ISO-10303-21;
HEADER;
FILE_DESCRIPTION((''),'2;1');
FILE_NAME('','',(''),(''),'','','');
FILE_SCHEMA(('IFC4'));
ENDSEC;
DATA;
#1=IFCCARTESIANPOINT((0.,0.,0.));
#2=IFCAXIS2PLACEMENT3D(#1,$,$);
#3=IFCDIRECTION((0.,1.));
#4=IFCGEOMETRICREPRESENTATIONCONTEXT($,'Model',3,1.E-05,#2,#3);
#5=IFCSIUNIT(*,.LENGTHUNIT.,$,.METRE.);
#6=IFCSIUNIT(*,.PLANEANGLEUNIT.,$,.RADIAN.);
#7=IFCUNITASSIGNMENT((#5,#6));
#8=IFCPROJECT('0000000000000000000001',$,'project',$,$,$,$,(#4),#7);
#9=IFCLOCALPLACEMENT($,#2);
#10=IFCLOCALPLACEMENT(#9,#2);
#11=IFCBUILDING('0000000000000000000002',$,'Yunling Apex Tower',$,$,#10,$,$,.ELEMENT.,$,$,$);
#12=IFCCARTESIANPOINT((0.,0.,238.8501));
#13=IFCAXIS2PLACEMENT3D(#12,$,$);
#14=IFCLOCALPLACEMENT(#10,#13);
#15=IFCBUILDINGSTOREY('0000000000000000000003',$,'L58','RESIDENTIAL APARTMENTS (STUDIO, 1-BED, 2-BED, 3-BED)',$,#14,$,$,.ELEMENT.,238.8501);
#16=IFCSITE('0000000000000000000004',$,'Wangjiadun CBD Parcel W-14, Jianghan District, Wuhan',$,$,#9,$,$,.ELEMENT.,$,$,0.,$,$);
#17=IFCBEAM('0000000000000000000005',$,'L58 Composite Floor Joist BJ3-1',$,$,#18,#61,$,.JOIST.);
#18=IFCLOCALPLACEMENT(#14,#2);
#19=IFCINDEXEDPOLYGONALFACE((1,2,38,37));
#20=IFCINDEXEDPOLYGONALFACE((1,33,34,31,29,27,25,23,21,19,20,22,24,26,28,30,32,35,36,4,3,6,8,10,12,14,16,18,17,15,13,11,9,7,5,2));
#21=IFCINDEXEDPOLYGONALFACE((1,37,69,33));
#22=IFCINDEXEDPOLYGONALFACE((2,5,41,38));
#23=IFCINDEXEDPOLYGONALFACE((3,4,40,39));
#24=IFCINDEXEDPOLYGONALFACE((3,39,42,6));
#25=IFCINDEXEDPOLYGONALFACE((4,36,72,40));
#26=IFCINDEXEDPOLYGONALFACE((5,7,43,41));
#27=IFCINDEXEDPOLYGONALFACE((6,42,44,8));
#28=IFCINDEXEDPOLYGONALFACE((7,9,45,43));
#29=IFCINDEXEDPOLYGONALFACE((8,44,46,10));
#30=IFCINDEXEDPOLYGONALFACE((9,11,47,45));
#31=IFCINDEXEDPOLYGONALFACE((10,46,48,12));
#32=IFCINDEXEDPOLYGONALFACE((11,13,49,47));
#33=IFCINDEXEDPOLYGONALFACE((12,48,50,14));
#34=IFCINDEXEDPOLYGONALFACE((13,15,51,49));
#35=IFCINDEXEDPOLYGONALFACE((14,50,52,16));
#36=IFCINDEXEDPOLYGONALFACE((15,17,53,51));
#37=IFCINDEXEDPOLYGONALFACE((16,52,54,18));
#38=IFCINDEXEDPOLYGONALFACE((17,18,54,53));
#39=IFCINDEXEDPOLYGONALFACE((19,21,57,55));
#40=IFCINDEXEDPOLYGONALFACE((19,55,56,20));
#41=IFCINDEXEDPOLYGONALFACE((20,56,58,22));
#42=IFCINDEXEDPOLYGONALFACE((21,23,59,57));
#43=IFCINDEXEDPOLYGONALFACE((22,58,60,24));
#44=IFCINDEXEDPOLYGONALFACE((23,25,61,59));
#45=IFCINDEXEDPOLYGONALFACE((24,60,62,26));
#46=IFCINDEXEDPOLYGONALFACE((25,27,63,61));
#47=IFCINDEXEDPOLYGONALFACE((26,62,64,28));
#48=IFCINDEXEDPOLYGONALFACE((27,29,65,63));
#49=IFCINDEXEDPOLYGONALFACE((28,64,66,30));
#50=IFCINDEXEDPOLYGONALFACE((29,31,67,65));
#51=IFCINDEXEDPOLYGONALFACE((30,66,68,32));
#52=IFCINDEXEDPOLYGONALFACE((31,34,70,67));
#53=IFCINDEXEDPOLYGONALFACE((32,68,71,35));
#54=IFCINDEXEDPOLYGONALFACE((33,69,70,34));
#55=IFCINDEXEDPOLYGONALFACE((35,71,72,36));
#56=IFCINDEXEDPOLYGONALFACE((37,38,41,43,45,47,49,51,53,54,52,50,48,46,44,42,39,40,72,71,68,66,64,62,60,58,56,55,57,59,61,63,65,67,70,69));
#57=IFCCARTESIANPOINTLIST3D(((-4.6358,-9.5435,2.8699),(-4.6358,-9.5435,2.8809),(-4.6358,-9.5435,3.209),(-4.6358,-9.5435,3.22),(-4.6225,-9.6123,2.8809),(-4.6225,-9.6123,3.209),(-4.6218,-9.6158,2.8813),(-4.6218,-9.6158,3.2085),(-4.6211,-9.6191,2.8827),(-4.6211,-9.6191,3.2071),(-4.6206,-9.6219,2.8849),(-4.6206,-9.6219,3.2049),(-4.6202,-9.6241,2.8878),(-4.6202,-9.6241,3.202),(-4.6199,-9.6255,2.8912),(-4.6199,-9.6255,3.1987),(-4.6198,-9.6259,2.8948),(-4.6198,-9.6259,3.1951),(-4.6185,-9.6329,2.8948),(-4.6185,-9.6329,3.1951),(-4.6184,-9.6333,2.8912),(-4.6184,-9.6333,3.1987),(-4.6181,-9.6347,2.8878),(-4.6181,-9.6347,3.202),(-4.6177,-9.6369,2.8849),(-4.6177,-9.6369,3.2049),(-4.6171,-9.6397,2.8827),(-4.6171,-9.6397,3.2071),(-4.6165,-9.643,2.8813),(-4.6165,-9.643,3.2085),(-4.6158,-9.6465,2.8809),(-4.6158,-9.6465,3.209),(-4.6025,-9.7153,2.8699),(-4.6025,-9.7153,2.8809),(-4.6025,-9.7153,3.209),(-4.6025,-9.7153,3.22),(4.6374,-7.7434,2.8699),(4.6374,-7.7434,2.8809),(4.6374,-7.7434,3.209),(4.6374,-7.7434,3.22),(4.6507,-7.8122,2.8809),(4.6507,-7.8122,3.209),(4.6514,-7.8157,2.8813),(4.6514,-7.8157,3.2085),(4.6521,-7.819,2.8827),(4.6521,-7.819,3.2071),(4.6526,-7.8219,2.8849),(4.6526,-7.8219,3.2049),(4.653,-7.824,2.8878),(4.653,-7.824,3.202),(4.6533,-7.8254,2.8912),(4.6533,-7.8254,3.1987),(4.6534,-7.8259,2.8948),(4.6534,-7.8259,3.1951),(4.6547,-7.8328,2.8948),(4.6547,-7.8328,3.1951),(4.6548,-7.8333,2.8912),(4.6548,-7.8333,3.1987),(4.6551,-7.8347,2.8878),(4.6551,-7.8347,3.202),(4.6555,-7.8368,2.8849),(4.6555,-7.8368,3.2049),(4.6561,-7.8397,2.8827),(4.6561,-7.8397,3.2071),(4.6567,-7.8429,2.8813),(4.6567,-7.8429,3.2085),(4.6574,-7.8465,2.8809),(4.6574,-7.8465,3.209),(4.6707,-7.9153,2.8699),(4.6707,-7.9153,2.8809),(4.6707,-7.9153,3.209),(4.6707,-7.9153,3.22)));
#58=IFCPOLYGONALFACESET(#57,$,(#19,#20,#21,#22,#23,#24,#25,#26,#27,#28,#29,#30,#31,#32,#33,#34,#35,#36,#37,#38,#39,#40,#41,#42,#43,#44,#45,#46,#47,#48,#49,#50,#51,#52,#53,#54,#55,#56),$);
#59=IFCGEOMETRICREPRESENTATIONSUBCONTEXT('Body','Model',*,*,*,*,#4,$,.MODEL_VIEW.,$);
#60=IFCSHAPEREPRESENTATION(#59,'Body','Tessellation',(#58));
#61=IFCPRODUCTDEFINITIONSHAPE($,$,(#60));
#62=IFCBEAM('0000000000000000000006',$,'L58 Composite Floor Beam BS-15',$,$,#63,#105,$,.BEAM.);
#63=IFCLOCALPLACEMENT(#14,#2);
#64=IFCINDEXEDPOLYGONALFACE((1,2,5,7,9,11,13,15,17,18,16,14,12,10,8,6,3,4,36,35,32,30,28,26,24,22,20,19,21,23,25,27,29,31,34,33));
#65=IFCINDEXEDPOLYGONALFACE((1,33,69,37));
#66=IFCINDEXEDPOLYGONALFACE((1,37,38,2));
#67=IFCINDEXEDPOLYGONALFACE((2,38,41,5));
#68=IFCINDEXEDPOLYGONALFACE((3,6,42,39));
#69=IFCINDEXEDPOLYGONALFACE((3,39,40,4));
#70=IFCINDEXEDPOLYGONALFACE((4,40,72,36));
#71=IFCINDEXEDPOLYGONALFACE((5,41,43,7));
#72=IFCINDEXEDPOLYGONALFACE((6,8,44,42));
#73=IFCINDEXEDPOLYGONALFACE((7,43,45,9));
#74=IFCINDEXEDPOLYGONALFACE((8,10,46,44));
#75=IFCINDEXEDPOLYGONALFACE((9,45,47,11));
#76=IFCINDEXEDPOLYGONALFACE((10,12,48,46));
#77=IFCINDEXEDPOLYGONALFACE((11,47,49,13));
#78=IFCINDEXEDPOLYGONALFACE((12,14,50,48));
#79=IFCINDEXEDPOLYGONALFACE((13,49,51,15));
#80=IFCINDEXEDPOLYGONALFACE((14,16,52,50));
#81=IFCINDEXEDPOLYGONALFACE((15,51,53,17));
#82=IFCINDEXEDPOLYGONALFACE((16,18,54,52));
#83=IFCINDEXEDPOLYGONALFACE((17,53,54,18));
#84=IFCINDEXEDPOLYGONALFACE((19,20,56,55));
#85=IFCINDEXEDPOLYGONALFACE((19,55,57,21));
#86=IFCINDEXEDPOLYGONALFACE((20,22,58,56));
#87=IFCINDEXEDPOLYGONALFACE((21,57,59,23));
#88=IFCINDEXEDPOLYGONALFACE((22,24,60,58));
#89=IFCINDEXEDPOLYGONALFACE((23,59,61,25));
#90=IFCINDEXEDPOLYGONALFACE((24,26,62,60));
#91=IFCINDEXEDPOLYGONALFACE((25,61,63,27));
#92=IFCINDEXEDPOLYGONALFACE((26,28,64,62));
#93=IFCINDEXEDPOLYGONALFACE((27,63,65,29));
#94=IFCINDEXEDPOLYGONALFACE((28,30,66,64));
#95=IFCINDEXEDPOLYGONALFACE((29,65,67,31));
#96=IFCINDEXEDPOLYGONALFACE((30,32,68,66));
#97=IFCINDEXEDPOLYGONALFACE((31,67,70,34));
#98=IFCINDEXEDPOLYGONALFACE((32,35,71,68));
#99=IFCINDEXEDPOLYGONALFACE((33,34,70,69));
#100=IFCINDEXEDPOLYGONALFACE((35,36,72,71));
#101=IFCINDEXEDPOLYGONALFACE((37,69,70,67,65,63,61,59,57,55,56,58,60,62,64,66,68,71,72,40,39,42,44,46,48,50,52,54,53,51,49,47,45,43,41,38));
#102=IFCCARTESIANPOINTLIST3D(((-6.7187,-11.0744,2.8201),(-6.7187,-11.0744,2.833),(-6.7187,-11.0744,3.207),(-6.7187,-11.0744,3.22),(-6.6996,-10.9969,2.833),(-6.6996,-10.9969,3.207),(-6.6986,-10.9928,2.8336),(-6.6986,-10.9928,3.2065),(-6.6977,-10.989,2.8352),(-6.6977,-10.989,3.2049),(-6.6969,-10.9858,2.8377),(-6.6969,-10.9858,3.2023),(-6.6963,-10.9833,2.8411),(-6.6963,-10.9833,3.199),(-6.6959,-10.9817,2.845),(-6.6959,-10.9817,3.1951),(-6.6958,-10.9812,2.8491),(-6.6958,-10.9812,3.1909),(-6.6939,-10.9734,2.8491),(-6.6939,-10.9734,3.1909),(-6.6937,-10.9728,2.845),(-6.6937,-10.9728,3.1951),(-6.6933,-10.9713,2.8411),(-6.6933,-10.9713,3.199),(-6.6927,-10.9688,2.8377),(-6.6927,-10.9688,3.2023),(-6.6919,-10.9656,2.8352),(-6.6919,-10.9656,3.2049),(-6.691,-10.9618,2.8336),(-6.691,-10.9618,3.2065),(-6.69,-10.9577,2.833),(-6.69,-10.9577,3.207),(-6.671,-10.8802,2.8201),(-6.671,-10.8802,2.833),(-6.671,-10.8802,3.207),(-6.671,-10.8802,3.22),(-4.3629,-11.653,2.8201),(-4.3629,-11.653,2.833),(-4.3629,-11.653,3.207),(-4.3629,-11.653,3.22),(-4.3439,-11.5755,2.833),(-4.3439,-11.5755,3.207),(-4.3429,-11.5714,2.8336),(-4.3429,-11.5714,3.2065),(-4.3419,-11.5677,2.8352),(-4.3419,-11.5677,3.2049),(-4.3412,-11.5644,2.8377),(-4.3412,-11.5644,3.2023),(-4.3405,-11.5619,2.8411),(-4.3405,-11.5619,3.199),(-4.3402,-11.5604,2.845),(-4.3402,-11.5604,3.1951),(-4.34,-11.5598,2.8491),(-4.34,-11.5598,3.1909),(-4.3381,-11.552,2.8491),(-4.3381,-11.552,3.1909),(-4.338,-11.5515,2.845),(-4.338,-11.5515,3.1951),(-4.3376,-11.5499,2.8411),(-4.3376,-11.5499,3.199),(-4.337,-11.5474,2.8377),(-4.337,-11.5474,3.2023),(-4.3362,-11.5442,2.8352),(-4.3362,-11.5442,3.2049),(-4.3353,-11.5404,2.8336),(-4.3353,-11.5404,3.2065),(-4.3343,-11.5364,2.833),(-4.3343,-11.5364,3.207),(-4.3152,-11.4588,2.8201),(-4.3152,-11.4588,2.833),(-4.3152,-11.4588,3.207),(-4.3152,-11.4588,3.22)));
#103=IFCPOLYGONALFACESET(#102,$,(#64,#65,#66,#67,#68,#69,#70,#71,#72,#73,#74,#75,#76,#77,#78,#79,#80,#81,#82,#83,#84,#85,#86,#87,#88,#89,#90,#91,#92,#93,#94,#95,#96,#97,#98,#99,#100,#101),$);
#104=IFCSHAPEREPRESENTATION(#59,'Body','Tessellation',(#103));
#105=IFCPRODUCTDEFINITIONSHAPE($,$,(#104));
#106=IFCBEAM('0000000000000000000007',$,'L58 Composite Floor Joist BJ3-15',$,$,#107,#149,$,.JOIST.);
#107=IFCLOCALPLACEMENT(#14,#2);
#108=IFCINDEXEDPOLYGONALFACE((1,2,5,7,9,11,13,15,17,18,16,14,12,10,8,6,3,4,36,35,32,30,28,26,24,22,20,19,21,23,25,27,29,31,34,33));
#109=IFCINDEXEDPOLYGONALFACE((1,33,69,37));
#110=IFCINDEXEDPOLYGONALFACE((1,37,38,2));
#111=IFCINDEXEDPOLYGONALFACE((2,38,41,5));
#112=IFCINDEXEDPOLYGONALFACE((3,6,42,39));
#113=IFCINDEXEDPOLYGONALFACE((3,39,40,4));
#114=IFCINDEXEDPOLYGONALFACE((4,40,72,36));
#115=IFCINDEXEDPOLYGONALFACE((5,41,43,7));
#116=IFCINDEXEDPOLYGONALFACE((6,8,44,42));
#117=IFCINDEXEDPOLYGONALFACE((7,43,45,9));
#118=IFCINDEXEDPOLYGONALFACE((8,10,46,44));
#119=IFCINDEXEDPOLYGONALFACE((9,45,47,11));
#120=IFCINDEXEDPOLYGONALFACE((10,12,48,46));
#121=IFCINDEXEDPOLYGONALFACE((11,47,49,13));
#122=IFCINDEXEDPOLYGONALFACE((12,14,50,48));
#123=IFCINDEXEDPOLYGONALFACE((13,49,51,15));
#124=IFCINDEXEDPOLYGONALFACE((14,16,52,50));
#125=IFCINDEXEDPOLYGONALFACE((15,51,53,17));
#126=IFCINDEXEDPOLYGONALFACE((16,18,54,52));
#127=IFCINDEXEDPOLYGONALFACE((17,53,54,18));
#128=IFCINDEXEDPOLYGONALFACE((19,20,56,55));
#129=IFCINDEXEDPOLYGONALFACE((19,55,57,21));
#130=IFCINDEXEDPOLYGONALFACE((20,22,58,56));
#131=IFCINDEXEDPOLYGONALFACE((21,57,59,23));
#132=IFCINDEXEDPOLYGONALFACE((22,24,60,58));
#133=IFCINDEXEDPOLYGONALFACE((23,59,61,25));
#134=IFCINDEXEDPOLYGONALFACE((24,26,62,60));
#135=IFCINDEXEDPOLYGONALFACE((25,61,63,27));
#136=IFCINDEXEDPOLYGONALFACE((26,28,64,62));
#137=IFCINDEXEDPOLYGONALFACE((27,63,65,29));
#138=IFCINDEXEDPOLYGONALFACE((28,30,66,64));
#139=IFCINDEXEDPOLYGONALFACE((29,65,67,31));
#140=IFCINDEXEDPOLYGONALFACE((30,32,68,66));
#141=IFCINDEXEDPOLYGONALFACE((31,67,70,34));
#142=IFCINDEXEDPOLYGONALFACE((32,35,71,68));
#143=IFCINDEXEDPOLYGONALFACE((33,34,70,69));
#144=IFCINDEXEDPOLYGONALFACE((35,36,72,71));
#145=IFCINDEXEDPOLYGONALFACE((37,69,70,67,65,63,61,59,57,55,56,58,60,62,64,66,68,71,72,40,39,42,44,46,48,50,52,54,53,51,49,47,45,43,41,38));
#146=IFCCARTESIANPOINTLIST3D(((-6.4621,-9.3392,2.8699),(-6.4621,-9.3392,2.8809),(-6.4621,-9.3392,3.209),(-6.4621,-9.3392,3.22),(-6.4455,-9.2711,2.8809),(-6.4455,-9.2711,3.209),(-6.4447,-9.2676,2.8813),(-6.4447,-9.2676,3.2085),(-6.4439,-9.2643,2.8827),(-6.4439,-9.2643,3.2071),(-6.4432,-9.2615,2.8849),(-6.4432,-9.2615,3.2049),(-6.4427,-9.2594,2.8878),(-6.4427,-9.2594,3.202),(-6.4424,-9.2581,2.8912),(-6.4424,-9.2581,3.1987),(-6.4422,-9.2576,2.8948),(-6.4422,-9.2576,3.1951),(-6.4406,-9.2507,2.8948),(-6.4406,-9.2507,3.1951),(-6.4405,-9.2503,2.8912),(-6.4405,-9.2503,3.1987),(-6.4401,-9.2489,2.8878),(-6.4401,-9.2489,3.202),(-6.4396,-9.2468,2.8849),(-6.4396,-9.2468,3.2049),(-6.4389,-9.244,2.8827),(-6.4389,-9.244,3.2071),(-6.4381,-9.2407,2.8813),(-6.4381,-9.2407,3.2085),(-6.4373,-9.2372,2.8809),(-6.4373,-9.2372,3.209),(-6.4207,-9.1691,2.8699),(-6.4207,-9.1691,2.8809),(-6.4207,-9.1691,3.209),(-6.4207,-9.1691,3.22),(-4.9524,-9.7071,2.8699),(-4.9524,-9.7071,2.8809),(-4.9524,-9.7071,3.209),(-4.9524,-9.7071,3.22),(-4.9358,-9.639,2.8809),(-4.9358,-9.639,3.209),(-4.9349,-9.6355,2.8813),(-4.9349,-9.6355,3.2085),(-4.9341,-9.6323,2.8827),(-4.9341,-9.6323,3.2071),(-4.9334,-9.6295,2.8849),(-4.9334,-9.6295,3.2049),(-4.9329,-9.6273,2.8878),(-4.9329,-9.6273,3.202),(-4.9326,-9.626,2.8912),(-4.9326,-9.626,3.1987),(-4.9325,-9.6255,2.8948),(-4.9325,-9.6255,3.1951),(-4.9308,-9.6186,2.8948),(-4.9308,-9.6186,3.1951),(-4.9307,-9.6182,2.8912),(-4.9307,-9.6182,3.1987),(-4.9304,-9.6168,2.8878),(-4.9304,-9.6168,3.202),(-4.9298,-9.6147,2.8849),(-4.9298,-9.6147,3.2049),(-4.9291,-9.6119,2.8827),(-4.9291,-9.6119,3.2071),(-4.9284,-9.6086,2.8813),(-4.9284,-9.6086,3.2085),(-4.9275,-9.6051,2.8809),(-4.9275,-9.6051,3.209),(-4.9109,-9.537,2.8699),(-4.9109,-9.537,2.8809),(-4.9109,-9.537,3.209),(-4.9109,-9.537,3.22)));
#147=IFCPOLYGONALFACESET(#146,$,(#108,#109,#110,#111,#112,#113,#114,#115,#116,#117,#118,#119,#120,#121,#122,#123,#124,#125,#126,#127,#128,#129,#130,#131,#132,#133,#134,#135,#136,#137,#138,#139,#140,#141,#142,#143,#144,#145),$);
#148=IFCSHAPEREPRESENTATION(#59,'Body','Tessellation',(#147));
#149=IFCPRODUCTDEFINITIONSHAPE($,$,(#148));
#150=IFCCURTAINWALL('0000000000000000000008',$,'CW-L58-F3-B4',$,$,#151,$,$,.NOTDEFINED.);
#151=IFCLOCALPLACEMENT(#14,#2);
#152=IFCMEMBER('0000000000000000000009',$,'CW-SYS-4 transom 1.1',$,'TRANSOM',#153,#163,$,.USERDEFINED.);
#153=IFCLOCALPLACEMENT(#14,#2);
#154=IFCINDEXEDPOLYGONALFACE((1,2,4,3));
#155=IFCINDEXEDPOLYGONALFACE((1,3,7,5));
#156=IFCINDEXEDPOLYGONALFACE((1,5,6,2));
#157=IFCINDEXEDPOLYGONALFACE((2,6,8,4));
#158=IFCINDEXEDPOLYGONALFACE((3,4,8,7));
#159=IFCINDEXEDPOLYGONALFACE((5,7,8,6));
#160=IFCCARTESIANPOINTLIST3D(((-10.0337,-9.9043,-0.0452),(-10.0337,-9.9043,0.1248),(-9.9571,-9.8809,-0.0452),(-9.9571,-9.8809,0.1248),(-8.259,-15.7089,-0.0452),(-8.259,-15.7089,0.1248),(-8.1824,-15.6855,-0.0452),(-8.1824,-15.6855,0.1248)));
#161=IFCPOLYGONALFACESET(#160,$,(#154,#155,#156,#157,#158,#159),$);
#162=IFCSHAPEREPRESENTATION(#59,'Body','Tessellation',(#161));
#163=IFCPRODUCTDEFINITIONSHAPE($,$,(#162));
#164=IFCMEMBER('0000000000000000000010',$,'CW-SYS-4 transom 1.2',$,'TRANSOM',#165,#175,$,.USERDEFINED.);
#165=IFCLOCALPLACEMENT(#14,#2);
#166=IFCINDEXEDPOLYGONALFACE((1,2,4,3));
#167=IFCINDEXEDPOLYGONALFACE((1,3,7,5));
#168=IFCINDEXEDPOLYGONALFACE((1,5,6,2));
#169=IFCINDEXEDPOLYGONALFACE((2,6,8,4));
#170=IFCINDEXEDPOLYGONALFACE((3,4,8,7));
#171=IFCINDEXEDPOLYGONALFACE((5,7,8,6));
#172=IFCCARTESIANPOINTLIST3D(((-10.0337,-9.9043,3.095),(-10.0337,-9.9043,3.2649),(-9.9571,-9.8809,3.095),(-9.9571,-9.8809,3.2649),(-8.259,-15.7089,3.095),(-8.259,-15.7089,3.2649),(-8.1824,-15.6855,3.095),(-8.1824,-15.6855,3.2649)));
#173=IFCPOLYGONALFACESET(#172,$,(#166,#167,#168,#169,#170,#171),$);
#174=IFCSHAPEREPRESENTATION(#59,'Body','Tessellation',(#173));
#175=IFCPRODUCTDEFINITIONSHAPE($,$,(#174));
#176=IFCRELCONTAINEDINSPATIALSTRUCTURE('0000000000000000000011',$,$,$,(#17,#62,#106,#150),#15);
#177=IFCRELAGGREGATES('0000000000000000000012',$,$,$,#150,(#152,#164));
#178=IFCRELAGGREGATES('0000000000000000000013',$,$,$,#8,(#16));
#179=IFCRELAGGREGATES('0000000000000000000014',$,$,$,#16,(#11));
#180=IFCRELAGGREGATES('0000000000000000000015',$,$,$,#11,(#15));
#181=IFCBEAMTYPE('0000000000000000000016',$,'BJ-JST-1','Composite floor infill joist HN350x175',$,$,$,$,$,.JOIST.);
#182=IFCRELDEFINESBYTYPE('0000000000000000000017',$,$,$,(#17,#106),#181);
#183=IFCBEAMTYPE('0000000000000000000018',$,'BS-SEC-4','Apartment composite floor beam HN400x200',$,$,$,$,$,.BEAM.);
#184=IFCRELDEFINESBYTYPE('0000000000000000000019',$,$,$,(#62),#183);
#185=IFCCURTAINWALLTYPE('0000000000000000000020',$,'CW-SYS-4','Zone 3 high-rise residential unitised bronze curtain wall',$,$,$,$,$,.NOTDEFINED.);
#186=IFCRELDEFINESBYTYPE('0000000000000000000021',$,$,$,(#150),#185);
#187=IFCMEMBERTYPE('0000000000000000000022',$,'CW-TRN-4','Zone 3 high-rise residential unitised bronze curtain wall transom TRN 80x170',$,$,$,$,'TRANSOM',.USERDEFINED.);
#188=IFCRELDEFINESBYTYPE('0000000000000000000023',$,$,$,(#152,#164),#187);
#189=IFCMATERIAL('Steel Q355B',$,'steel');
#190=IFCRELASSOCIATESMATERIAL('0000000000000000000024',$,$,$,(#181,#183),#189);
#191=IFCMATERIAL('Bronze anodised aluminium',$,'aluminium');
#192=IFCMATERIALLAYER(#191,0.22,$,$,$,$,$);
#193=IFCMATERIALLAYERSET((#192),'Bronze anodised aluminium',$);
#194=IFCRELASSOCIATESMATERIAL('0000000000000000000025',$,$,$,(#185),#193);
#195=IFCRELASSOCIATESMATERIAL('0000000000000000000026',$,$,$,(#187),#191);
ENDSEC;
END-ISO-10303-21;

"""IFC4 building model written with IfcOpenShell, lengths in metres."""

from ifc_helpers import new_model, si_unit, direction, frame, origin, origin_2d, place, context, subcontext, project, spatial, rectangle, i_section, extrude, source, transform, mapped, material, layer, layer_set, material_profile, profile_set, type_object, element, aggregate, save


model = new_model("IFC4")

# Units and contexts
model_context = context("Model", 3, precision=1e-05, world=origin(), true_north=direction((0.0, 1.0)))
body_context = subcontext(model_context, "Body", "Model", "MODEL_VIEW")
ifc_project = project(units=[si_unit("LENGTHUNIT", "METRE"), si_unit("PLANEANGLEUNIT", "RADIAN")], contexts=[model_context])

# Site, building, storey
site_placement = place(None, origin())
site = spatial("IfcSite", under=ifc_project, at=site_placement, Name="Wangjiadun CBD Parcel W-14, Jianghan District, Wuhan", CompositionType="ELEMENT", RefElevation=0.0)
building_placement = place(site_placement, origin())
building = spatial("IfcBuilding", under=site, at=building_placement, Name="Yunling Apex Tower", CompositionType="ELEMENT")
storey_placement = place(building_placement, frame((0.0, 0.0, 238.8501)))
storey = spatial("IfcBuildingStorey", under=building, at=storey_placement, Name="L58", Description="RESIDENTIAL APARTMENTS (STUDIO, 1-BED, 2-BED, 3-BED)", CompositionType="ELEMENT", Elevation=238.8501)

# Beams
ifc_material_1 = material(Name="Steel Q355B", Category="steel")
ifc_material_profile_1 = material_profile(ifc_material_1, i_section(OverallWidth=0.175, OverallDepth=0.3501, WebThickness=0.0071, FlangeThickness=0.011, FilletRadius=0.0139, at=origin_2d()))
ifc_profile_set_1 = profile_set([ifc_material_profile_1], Name="Steel Q355B")
beam_type_1 = type_object("IfcBeamType", Name="BJ-JST-1", Description="Composite floor infill joist HN350x175", PredefinedType="JOIST", material=ifc_profile_set_1)
shared_shape_1 = source(origin(), body_context, "Body", "SweptSolid", [
    extrude(i_section(OverallWidth=0.175, OverallDepth=0.3501, WebThickness=0.0071, FlangeThickness=0.011, FilletRadius=0.0139, at=origin_2d()), origin(), (0.0, 0.0, 1.0), 9.4463),
])
beam_1_placement = place(storey_placement, frame((-4.6191, -9.6294, 3.0449), z_axis=(0.981676, 0.190556, 0.0), x_axis=(-0.190556, 0.981676, 0.0)))
element("IfcBeam", 1, at=beam_1_placement, inside=storey, type_object=beam_type_1, Name="L58 Composite Floor Joist BJ3-1", PredefinedType="JOIST", context=body_context, shape_type="MappedRepresentation", body=[
    mapped(shared_shape_1, transform((0.0, 0.0, 0.0), scale=1.0)),
])
ifc_material_profile_2 = material_profile(ifc_material_1, i_section(OverallWidth=0.2, OverallDepth=0.3999, WebThickness=0.0081, FlangeThickness=0.0129, FilletRadius=0.0161, at=origin_2d()))
ifc_profile_set_2 = profile_set([ifc_material_profile_2], Name="Steel Q355B")
beam_type_2 = type_object("IfcBeamType", Name="BS-SEC-4", Description="Apartment composite floor beam HN400x200", PredefinedType="BEAM", material=ifc_profile_set_2)
shared_shape_2 = source(origin(), body_context, "Body", "SweptSolid", [
    extrude(i_section(OverallWidth=0.2, OverallDepth=0.3999, WebThickness=0.0081, FlangeThickness=0.0129, FilletRadius=0.0161, at=origin_2d()), origin(), (0.0, 0.0, 1.0), 2.4258),
])
beam_2_placement = place(storey_placement, frame((-6.6948, -10.9773, 3.02), z_axis=(0.971135, -0.238531, 0.0), x_axis=(0.238531, 0.971135, 0.0)))
element("IfcBeam", 2, at=beam_2_placement, inside=storey, type_object=beam_type_2, Name="L58 Composite Floor Beam BS-15", PredefinedType="BEAM", context=body_context, shape_type="MappedRepresentation", body=[
    mapped(shared_shape_2, transform((0.0, 0.0, 0.0), scale=1.0)),
])
shared_shape_3 = source(origin(), body_context, "Body", "SweptSolid", [
    extrude(i_section(OverallWidth=0.175, OverallDepth=0.3501, WebThickness=0.0071, FlangeThickness=0.011, FilletRadius=0.0139, at=origin_2d()), origin(), (0.0, 0.0, 1.0), 1.554),
])
beam_3_placement = place(storey_placement, frame((-6.4414, -9.2542, 3.0449), z_axis=(0.971567, -0.236764, 0.0), x_axis=(0.236764, 0.971567, 0.0)))
element("IfcBeam", 3, at=beam_3_placement, inside=storey, type_object=beam_type_1, Name="L58 Composite Floor Joist BJ3-15", PredefinedType="JOIST", context=body_context, shape_type="MappedRepresentation", body=[
    mapped(shared_shape_3, transform((0.0, 0.0, 0.0), scale=1.0)),
])

# Curtain wall, members
ifc_material_2 = material(Name="Bronze anodised aluminium", Category="aluminium")
ifc_layer_1 = layer(ifc_material_2, 0.22)
ifc_layer_set_1 = layer_set([ifc_layer_1], Name="Bronze anodised aluminium")
curtain_wall_type = type_object("IfcCurtainWallType", Name="CW-SYS-4", Description="Zone 3 high-rise residential unitised bronze curtain wall", PredefinedType="NOTDEFINED", material=ifc_layer_set_1)
curtain_wall_1_placement = place(storey_placement, origin())
curtain_wall_1 = element("IfcCurtainWall", 4, at=curtain_wall_1_placement, inside=storey, type_object=curtain_wall_type, Name="CW-L58-F3-B4", PredefinedType="NOTDEFINED")
ifc_material_profile_3 = material_profile(ifc_material_2, rectangle(XDim=0.0801, YDim=0.1699, at=origin_2d()))
ifc_profile_set_3 = profile_set([ifc_material_profile_3], Name="Bronze anodised aluminium")
member_type_1 = type_object("IfcMemberType", Name="CW-TRN-4", Description="Zone 3 high-rise residential unitised bronze curtain wall transom TRN 80x170", ElementType="TRANSOM", PredefinedType="USERDEFINED", material=ifc_profile_set_3)
shared_shape_4 = source(origin(), body_context, "Body", "SweptSolid", [
    extrude(rectangle(XDim=0.0801, YDim=0.1699, at=origin_2d()), origin(), (0.0, 0.0, 1.0), 6.0698),
])
member_1_placement = place(storey_placement, frame((-9.9954, -9.8926, 0.0398), z_axis=(0.29237, -0.956305, 0.0), x_axis=(0.956305, 0.29237, 0.0)))
member_1 = element("IfcMember", 5, at=member_1_placement, type_object=member_type_1, Name="CW-SYS-4 transom 1.1", ObjectType="TRANSOM", PredefinedType="USERDEFINED", context=body_context, shape_type="MappedRepresentation", body=[
    mapped(shared_shape_4, transform((0.0, 0.0, 0.0), scale=1.0)),
])
member_2_placement = place(storey_placement, frame((-9.9954, -9.8926, 3.1799), z_axis=(0.29237, -0.956305, 0.0), x_axis=(0.956305, 0.29237, 0.0)))
member_2 = element("IfcMember", 6, at=member_2_placement, type_object=member_type_1, Name="CW-SYS-4 transom 1.2", ObjectType="TRANSOM", PredefinedType="USERDEFINED", context=body_context, shape_type="MappedRepresentation", body=[
    mapped(shared_shape_4, transform((0.0, 0.0, 0.0), scale=1.0)),
])

aggregate(curtain_wall_1, [member_1, member_2])

save(model, "model.ifc")
